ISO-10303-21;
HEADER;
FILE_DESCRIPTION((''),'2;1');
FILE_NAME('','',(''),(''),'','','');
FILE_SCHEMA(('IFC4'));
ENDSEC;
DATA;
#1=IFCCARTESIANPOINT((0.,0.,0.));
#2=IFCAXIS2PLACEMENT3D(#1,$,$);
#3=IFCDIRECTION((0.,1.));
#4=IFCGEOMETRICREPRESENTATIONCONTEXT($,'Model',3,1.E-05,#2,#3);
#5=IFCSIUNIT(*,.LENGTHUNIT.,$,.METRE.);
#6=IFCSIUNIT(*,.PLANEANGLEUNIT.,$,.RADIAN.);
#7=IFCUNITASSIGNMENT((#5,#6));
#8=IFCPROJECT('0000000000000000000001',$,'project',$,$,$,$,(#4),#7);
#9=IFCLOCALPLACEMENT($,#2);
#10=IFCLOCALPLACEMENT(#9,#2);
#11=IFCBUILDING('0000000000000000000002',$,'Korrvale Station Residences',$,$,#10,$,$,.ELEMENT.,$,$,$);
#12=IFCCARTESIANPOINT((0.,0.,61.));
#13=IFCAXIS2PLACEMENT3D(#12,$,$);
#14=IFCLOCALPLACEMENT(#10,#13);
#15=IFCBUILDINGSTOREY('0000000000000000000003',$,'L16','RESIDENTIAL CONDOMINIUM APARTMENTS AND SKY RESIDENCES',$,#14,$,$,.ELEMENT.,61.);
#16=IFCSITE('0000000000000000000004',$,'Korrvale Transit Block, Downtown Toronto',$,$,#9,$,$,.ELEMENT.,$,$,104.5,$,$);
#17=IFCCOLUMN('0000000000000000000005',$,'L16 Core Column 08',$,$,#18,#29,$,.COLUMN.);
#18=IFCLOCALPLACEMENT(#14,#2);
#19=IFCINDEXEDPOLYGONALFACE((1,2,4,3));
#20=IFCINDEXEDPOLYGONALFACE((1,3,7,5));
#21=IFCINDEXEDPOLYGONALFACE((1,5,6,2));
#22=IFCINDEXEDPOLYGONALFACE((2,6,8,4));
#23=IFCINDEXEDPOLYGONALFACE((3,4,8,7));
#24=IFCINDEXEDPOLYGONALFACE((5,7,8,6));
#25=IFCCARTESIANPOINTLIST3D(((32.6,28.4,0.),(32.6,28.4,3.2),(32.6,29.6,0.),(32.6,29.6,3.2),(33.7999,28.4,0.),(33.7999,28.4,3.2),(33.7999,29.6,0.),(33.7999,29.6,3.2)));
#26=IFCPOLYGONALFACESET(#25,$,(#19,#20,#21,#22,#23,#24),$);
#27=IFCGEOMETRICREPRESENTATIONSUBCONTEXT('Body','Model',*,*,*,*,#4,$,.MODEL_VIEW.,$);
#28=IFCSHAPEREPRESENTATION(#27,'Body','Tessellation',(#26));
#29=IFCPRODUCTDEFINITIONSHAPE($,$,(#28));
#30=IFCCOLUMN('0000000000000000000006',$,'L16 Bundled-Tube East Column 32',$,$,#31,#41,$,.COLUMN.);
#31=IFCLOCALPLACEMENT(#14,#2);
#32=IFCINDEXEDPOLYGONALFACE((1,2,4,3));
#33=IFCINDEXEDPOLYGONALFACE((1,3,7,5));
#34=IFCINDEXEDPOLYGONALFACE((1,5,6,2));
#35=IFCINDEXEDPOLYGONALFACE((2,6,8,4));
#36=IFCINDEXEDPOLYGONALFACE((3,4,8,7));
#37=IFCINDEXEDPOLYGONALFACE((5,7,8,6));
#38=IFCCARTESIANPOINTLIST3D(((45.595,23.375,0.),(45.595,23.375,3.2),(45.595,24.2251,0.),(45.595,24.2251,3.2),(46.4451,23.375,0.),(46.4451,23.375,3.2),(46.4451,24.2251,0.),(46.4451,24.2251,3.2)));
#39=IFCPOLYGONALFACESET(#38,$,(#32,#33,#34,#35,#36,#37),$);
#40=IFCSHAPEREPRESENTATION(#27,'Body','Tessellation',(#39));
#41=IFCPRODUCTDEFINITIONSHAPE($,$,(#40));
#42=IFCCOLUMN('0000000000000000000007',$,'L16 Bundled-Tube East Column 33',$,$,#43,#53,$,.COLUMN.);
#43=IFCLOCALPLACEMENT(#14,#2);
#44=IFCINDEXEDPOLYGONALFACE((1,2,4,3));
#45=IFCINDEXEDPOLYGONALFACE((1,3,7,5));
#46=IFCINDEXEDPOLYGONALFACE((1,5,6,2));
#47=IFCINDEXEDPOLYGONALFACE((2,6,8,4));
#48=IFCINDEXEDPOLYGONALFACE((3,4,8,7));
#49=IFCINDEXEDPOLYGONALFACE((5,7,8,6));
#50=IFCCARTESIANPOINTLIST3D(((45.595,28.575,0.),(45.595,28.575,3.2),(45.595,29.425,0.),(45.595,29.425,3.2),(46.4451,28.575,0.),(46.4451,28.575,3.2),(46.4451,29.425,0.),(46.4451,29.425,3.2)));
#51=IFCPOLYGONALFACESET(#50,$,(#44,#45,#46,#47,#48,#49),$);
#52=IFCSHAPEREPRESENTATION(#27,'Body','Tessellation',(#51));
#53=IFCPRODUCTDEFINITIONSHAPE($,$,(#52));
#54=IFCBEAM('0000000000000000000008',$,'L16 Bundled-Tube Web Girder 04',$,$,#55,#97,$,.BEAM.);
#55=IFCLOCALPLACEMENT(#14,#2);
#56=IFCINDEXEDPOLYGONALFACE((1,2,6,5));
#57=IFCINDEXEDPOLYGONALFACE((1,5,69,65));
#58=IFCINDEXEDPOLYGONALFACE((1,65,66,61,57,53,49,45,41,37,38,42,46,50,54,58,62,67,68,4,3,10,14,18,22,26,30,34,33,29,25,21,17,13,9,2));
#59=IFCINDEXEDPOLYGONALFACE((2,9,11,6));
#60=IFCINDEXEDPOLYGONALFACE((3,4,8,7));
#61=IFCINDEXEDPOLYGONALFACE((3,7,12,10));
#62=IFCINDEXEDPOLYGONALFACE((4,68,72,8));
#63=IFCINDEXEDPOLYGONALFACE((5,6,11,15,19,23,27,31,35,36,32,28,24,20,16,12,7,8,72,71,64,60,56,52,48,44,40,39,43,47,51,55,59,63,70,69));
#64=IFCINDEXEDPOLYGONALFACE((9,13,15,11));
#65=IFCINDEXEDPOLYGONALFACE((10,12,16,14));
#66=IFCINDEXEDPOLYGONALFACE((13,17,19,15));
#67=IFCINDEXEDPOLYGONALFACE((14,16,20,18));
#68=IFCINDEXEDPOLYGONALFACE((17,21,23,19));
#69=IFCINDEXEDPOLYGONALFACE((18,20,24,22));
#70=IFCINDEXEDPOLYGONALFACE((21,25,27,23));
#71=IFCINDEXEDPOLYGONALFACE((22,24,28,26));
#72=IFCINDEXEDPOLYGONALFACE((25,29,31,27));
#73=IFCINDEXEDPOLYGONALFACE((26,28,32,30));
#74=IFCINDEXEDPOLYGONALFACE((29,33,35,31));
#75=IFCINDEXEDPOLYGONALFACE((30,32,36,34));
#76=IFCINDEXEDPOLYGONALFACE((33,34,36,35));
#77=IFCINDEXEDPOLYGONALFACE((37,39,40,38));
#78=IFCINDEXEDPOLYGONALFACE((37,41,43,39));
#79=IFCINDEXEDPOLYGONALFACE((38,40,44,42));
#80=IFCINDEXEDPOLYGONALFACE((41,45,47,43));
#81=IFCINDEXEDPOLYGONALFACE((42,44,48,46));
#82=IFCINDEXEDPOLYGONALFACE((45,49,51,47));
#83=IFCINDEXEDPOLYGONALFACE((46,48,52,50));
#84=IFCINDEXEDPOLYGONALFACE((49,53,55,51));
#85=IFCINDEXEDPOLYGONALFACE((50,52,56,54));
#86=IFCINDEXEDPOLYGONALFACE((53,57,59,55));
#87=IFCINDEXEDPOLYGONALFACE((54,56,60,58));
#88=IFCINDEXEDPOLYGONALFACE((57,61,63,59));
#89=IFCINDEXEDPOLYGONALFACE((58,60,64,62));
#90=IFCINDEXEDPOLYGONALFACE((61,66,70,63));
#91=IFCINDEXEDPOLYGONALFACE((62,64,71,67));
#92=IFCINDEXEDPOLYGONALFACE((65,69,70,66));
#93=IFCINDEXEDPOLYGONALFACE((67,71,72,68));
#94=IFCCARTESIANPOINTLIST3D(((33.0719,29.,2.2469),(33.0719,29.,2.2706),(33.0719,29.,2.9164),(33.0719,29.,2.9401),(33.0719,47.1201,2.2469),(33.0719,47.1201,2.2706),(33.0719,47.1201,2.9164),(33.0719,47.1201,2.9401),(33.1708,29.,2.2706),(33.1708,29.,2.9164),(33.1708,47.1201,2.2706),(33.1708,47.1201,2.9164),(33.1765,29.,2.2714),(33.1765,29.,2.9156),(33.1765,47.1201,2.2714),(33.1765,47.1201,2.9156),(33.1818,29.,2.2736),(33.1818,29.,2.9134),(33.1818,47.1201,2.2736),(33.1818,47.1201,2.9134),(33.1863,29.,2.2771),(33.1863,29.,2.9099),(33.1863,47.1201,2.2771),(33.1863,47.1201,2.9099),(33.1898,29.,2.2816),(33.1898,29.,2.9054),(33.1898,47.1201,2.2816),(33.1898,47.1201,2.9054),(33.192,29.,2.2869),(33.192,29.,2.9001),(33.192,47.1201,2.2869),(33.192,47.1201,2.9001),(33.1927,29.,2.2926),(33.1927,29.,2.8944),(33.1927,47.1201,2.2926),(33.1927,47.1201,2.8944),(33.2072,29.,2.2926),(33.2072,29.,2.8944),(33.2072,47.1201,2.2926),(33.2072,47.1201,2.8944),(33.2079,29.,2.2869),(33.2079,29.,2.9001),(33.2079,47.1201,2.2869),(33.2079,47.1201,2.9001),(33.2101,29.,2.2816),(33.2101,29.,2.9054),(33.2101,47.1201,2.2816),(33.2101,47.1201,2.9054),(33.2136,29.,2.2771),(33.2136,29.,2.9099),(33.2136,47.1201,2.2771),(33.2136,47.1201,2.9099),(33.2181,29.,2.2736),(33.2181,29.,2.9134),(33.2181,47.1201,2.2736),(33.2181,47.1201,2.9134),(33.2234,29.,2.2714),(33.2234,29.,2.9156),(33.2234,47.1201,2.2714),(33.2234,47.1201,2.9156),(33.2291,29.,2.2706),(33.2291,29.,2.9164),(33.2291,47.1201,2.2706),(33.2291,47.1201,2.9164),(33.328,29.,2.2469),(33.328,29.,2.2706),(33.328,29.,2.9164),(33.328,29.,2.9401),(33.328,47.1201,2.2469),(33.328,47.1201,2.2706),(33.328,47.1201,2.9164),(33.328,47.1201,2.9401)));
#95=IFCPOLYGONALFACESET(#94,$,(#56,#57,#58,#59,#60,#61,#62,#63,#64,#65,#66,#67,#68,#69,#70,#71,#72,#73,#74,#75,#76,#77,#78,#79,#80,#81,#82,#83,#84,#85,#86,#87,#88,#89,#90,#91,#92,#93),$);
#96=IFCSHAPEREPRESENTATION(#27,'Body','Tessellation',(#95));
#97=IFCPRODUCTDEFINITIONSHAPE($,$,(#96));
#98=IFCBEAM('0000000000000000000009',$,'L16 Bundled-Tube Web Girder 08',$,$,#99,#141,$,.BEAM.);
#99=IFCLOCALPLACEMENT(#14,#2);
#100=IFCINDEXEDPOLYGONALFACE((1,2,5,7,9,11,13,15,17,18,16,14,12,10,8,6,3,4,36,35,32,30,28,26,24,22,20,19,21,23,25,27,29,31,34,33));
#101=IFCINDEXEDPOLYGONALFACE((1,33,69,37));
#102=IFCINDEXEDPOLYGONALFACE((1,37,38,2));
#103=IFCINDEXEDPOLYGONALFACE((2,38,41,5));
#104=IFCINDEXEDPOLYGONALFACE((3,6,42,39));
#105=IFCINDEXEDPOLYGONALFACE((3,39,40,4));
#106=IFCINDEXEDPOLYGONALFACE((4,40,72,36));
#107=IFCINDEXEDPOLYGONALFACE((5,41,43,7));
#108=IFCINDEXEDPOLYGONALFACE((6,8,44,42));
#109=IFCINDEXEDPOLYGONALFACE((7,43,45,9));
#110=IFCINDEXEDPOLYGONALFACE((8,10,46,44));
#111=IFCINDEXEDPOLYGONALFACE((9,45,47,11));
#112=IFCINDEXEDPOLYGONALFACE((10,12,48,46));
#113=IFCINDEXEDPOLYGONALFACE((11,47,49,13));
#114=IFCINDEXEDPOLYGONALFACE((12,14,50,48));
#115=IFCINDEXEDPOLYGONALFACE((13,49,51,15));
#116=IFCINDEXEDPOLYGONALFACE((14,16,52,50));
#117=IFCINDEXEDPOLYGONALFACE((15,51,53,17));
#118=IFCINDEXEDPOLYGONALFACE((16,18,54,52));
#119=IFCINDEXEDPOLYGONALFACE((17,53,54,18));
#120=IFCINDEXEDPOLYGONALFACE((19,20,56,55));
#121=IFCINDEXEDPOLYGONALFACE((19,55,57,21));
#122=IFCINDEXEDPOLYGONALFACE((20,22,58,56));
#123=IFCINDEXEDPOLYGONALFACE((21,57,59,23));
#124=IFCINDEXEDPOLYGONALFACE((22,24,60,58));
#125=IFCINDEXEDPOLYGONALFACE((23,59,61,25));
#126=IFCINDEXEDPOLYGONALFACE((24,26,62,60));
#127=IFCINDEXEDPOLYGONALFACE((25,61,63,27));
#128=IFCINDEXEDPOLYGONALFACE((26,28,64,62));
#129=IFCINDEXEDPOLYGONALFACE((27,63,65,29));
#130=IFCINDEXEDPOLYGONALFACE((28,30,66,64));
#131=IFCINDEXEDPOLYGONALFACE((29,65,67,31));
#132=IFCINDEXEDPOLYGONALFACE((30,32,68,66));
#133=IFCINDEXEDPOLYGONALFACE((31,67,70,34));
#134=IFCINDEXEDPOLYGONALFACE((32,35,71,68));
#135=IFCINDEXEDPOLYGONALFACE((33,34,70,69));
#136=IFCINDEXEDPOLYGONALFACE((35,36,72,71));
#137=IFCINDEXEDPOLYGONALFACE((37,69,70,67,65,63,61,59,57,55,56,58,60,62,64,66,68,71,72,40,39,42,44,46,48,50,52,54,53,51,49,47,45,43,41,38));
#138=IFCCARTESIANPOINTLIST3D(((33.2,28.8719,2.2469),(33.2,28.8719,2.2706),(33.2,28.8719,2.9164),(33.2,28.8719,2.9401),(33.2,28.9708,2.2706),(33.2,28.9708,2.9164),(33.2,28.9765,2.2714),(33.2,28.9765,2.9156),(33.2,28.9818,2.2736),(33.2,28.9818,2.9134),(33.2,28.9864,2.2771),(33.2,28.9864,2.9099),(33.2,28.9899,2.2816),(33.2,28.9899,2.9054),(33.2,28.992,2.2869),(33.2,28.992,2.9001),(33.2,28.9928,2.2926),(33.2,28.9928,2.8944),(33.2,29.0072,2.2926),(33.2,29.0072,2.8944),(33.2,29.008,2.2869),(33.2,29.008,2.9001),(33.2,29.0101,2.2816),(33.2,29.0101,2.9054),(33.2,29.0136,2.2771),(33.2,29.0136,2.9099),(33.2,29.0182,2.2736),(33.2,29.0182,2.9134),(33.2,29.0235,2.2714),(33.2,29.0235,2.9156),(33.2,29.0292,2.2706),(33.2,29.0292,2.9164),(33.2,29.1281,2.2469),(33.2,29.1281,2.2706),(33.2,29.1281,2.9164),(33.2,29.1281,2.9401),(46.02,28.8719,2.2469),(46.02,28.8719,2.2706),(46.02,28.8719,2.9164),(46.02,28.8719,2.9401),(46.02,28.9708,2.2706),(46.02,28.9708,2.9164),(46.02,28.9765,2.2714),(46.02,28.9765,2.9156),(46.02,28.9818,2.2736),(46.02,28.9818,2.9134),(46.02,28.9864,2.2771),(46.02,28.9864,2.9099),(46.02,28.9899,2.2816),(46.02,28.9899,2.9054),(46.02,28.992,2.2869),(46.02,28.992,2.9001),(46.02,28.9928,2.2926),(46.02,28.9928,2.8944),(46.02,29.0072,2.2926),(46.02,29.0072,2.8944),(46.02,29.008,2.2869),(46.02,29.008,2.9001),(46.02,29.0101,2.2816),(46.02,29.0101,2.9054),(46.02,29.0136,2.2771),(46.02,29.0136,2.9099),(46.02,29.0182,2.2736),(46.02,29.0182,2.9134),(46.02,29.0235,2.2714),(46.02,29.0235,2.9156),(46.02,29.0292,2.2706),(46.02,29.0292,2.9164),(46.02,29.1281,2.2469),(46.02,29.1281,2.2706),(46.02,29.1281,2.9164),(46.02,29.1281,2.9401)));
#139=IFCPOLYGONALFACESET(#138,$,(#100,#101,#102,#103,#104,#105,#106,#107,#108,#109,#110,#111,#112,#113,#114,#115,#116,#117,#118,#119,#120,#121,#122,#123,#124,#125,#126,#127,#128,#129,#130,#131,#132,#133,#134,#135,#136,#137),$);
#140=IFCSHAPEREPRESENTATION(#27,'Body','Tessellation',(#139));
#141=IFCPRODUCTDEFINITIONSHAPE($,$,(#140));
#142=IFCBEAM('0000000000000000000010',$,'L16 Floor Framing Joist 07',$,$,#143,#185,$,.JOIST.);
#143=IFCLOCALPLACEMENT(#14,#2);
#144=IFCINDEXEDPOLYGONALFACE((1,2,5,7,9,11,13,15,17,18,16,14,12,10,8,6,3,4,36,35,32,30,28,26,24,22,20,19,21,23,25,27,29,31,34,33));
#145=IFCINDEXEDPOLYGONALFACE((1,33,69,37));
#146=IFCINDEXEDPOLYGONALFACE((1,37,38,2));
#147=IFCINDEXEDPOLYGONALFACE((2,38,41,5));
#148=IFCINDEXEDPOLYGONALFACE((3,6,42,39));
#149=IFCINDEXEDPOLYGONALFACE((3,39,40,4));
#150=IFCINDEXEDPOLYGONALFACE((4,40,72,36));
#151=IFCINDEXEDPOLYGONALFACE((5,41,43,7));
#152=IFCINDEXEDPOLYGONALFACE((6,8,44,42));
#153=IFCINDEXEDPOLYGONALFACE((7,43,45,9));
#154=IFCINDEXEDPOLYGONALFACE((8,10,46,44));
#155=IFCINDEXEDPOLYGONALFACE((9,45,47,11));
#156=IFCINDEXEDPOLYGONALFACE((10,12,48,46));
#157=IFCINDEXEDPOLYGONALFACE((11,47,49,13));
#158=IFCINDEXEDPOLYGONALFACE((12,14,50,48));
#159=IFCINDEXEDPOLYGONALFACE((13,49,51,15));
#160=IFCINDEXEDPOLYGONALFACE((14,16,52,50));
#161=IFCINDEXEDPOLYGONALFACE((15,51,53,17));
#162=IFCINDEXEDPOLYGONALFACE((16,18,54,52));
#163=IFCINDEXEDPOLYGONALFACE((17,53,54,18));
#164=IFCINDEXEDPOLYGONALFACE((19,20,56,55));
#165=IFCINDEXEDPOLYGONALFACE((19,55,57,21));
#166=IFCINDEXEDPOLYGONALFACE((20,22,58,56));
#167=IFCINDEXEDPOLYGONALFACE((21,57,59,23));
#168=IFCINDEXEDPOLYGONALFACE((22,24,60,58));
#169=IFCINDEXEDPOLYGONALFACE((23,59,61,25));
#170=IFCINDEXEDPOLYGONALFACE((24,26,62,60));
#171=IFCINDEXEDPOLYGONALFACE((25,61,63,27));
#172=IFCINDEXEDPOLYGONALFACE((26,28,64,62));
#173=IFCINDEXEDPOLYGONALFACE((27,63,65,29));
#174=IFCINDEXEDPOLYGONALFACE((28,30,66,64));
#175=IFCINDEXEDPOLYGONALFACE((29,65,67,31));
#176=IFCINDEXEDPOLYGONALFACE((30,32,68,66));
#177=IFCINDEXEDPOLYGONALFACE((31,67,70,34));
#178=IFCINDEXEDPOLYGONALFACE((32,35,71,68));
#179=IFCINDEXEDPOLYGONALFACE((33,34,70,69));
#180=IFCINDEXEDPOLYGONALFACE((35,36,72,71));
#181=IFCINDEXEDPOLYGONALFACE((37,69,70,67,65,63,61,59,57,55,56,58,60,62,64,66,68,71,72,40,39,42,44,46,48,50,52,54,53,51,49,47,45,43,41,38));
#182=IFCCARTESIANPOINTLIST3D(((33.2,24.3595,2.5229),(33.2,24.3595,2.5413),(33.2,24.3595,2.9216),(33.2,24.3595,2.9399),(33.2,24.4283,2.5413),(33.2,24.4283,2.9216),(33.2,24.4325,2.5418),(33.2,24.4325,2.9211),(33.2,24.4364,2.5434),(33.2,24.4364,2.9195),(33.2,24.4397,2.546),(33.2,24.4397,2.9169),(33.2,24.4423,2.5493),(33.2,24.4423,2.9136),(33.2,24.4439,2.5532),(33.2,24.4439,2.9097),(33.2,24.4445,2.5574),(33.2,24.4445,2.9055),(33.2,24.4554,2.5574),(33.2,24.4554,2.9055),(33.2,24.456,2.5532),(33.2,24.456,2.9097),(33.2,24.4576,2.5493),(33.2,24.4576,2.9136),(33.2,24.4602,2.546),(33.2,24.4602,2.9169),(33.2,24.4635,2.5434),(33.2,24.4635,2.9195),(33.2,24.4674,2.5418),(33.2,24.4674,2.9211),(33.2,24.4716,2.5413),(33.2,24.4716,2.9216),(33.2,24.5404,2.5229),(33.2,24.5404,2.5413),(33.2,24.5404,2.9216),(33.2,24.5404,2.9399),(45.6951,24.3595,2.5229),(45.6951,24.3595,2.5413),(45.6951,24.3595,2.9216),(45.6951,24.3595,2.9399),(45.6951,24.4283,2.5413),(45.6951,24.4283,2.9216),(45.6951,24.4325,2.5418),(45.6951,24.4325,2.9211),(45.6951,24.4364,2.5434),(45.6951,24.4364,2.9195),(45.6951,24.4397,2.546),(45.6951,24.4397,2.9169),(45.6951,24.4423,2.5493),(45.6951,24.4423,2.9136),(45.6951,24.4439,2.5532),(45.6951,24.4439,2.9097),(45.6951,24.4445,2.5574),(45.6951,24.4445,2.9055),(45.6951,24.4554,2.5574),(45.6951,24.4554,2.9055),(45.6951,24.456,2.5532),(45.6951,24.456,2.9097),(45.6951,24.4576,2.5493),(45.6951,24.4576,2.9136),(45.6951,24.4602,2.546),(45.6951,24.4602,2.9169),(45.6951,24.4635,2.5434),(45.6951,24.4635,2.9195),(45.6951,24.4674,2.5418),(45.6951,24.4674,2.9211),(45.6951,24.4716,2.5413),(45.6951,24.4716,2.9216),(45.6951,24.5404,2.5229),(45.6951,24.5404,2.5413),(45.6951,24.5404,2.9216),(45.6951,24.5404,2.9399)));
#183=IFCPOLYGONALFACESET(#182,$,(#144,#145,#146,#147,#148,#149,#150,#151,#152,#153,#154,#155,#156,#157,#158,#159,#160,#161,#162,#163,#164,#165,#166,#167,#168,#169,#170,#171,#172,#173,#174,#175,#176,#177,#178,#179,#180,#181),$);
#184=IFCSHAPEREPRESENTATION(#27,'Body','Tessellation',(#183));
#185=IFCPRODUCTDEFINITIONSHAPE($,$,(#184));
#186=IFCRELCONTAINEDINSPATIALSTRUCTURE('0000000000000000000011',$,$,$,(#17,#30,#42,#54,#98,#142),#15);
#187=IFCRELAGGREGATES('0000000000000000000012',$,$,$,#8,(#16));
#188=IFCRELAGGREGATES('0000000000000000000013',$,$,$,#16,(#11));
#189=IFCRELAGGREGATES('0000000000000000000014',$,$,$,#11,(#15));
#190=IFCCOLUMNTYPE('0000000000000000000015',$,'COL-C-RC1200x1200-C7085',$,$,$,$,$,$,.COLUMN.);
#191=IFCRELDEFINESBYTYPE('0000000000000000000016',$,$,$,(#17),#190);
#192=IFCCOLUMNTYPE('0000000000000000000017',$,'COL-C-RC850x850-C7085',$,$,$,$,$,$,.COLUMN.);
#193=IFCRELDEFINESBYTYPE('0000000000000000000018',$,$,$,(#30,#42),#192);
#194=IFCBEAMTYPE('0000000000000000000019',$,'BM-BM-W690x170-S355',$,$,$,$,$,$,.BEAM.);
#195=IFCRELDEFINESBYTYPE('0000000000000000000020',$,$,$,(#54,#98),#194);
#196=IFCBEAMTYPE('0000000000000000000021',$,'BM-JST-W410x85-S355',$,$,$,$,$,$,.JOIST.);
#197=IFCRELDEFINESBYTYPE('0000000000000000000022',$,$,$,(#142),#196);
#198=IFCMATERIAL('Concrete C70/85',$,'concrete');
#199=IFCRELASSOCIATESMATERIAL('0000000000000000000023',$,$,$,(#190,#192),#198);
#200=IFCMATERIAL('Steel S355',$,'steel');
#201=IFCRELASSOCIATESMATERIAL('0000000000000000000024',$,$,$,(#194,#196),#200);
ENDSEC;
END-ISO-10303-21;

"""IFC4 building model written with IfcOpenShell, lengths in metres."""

from ifc_helpers import new_model, si_unit, direction, frame, origin, origin_2d, place, context, subcontext, project, spatial, rectangle, i_section, extrude, material, material_profile, profile_set, type_object, element, save


model = new_model("IFC4")

# Units and contexts
model_context = context("Model", 3, precision=1e-05, world=origin(), true_north=direction((0.0, 1.0)))
body_context = subcontext(model_context, "Body", "Model", "MODEL_VIEW")
ifc_project = project(units=[si_unit("LENGTHUNIT", "METRE"), si_unit("PLANEANGLEUNIT", "RADIAN")], contexts=[model_context])

# Site, building, storey
site_placement = place(None, origin())
site = spatial("IfcSite", under=ifc_project, at=site_placement, Name="Korrvale Transit Block, Downtown Toronto", CompositionType="ELEMENT", RefElevation=104.5)
building_placement = place(site_placement, origin())
building = spatial("IfcBuilding", under=site, at=building_placement, Name="Korrvale Station Residences", CompositionType="ELEMENT")
storey_placement = place(building_placement, frame((0.0, 0.0, 61.0)))
storey = spatial("IfcBuildingStorey", under=building, at=storey_placement, Name="L16", Description="RESIDENTIAL CONDOMINIUM APARTMENTS AND SKY RESIDENCES", CompositionType="ELEMENT", Elevation=61.0)

# Columns
ifc_material_1 = material(Name="Concrete C70/85", Category="concrete")
ifc_material_profile_1 = material_profile(ifc_material_1, rectangle(XDim=1.2, YDim=1.2, at=origin_2d()), Name="RC1200x1200")
ifc_profile_set_1 = profile_set([ifc_material_profile_1], Name="Concrete C70/85")
column_type_1 = type_object("IfcColumnType", Name="COL-C-RC1200x1200-C7085", PredefinedType="COLUMN", material=ifc_profile_set_1)
column_placement = place(storey_placement, frame((33.2, 29.0, 0.0), z_axis=(0.0, 0.0, 1.0), x_axis=(1.0, 0.0, 0.0)))
element("IfcColumn", 1, at=column_placement, inside=storey, type_object=column_type_1, Name="L16 Core Column 08", PredefinedType="COLUMN", context=body_context, shape_type="SweptSolid", body=[
    extrude(rectangle(XDim=1.2, YDim=1.2, at=origin_2d()), origin(), (0.0, 0.0, 1.0), 3.2),
])
ifc_material_profile_2 = material_profile(ifc_material_1, rectangle(XDim=0.8501, YDim=0.8501, at=origin_2d()), Name="RC850x850")
ifc_profile_set_2 = profile_set([ifc_material_profile_2], Name="Concrete C70/85")
column_type_2 = type_object("IfcColumnType", Name="COL-C-RC850x850-C7085", PredefinedType="COLUMN", material=ifc_profile_set_2)
for number, where, z_axis, x_axis, name in (
    (2, (46.02, 23.8, 0.0), (0.0, 0.0, 1.0), (1.0, 0.0, 0.0), "L16 Bundled-Tube East Column 32"),
    (3, (46.02, 29.0, 0.0), (0.0, 0.0, 1.0), (1.0, 0.0, 0.0), "L16 Bundled-Tube East Column 33"),
):
    element("IfcColumn", number, at=place(storey_placement, frame(where, z_axis=z_axis, x_axis=x_axis)), inside=storey, type_object=column_type_2, Name=name, PredefinedType="COLUMN", context=body_context, shape_type="SweptSolid", body=[
        extrude(rectangle(XDim=0.8501, YDim=0.8501, at=origin_2d()), origin(), (0.0, 0.0, 1.0), 3.2),
    ])

# Beams
ifc_material_2 = material(Name="Steel S355", Category="steel")
ifc_material_profile_3 = material_profile(ifc_material_2, i_section(OverallWidth=0.2561, OverallDepth=0.6931, WebThickness=0.0144, FlangeThickness=0.0237, FilletRadius=0.022, at=origin_2d()), Name="W690x170")
ifc_profile_set_3 = profile_set([ifc_material_profile_3], Name="Steel S355")
beam_type_1 = type_object("IfcBeamType", Name="BM-BM-W690x170-S355", PredefinedType="BEAM", material=ifc_profile_set_3)
beam_1_placement = place(storey_placement, frame((33.2, 29.0, 2.5935), z_axis=(0.0, 1.0, 0.0), x_axis=(-1.0, 0.0, 0.0)))
element("IfcBeam", 4, at=beam_1_placement, inside=storey, type_object=beam_type_1, Name="L16 Bundled-Tube Web Girder 04", PredefinedType="BEAM", context=body_context, shape_type="SweptSolid", body=[
    extrude(i_section(OverallWidth=0.2561, OverallDepth=0.6931, WebThickness=0.0144, FlangeThickness=0.0237, FilletRadius=0.022, at=origin_2d()), origin(), (0.0, 0.0, 1.0), 18.1201),
])
beam_2_placement = place(storey_placement, frame((33.2, 29.0, 2.5935), z_axis=(1.0, 0.0, 0.0), x_axis=(0.0, 1.0, 0.0)))
element("IfcBeam", 5, at=beam_2_placement, inside=storey, type_object=beam_type_1, Name="L16 Bundled-Tube Web Girder 08", PredefinedType="BEAM", context=body_context, shape_type="SweptSolid", body=[
    extrude(i_section(OverallWidth=0.2561, OverallDepth=0.6931, WebThickness=0.0144, FlangeThickness=0.0237, FilletRadius=0.022, at=origin_2d()), origin(), (0.0, 0.0, 1.0), 12.8201),
])
ifc_material_profile_4 = material_profile(ifc_material_2, i_section(OverallWidth=0.1809, OverallDepth=0.417, WebThickness=0.011, FlangeThickness=0.0183, FilletRadius=0.0161, at=origin_2d()), Name="W410x85")
ifc_profile_set_4 = profile_set([ifc_material_profile_4], Name="Steel S355")
beam_type_2 = type_object("IfcBeamType", Name="BM-JST-W410x85-S355", PredefinedType="JOIST", material=ifc_profile_set_4)
beam_3_placement = place(storey_placement, frame((33.2, 24.45, 2.7314), z_axis=(1.0, 0.0, 0.0), x_axis=(0.0, 1.0, 0.0)))
element("IfcBeam", 6, at=beam_3_placement, inside=storey, type_object=beam_type_2, Name="L16 Floor Framing Joist 07", PredefinedType="JOIST", context=body_context, shape_type="SweptSolid", body=[
    extrude(i_section(OverallWidth=0.1809, OverallDepth=0.417, WebThickness=0.011, FlangeThickness=0.0183, FilletRadius=0.0161, at=origin_2d()), origin(), (0.0, 0.0, 1.0), 12.4951),
])

save(model, "model.ifc")
